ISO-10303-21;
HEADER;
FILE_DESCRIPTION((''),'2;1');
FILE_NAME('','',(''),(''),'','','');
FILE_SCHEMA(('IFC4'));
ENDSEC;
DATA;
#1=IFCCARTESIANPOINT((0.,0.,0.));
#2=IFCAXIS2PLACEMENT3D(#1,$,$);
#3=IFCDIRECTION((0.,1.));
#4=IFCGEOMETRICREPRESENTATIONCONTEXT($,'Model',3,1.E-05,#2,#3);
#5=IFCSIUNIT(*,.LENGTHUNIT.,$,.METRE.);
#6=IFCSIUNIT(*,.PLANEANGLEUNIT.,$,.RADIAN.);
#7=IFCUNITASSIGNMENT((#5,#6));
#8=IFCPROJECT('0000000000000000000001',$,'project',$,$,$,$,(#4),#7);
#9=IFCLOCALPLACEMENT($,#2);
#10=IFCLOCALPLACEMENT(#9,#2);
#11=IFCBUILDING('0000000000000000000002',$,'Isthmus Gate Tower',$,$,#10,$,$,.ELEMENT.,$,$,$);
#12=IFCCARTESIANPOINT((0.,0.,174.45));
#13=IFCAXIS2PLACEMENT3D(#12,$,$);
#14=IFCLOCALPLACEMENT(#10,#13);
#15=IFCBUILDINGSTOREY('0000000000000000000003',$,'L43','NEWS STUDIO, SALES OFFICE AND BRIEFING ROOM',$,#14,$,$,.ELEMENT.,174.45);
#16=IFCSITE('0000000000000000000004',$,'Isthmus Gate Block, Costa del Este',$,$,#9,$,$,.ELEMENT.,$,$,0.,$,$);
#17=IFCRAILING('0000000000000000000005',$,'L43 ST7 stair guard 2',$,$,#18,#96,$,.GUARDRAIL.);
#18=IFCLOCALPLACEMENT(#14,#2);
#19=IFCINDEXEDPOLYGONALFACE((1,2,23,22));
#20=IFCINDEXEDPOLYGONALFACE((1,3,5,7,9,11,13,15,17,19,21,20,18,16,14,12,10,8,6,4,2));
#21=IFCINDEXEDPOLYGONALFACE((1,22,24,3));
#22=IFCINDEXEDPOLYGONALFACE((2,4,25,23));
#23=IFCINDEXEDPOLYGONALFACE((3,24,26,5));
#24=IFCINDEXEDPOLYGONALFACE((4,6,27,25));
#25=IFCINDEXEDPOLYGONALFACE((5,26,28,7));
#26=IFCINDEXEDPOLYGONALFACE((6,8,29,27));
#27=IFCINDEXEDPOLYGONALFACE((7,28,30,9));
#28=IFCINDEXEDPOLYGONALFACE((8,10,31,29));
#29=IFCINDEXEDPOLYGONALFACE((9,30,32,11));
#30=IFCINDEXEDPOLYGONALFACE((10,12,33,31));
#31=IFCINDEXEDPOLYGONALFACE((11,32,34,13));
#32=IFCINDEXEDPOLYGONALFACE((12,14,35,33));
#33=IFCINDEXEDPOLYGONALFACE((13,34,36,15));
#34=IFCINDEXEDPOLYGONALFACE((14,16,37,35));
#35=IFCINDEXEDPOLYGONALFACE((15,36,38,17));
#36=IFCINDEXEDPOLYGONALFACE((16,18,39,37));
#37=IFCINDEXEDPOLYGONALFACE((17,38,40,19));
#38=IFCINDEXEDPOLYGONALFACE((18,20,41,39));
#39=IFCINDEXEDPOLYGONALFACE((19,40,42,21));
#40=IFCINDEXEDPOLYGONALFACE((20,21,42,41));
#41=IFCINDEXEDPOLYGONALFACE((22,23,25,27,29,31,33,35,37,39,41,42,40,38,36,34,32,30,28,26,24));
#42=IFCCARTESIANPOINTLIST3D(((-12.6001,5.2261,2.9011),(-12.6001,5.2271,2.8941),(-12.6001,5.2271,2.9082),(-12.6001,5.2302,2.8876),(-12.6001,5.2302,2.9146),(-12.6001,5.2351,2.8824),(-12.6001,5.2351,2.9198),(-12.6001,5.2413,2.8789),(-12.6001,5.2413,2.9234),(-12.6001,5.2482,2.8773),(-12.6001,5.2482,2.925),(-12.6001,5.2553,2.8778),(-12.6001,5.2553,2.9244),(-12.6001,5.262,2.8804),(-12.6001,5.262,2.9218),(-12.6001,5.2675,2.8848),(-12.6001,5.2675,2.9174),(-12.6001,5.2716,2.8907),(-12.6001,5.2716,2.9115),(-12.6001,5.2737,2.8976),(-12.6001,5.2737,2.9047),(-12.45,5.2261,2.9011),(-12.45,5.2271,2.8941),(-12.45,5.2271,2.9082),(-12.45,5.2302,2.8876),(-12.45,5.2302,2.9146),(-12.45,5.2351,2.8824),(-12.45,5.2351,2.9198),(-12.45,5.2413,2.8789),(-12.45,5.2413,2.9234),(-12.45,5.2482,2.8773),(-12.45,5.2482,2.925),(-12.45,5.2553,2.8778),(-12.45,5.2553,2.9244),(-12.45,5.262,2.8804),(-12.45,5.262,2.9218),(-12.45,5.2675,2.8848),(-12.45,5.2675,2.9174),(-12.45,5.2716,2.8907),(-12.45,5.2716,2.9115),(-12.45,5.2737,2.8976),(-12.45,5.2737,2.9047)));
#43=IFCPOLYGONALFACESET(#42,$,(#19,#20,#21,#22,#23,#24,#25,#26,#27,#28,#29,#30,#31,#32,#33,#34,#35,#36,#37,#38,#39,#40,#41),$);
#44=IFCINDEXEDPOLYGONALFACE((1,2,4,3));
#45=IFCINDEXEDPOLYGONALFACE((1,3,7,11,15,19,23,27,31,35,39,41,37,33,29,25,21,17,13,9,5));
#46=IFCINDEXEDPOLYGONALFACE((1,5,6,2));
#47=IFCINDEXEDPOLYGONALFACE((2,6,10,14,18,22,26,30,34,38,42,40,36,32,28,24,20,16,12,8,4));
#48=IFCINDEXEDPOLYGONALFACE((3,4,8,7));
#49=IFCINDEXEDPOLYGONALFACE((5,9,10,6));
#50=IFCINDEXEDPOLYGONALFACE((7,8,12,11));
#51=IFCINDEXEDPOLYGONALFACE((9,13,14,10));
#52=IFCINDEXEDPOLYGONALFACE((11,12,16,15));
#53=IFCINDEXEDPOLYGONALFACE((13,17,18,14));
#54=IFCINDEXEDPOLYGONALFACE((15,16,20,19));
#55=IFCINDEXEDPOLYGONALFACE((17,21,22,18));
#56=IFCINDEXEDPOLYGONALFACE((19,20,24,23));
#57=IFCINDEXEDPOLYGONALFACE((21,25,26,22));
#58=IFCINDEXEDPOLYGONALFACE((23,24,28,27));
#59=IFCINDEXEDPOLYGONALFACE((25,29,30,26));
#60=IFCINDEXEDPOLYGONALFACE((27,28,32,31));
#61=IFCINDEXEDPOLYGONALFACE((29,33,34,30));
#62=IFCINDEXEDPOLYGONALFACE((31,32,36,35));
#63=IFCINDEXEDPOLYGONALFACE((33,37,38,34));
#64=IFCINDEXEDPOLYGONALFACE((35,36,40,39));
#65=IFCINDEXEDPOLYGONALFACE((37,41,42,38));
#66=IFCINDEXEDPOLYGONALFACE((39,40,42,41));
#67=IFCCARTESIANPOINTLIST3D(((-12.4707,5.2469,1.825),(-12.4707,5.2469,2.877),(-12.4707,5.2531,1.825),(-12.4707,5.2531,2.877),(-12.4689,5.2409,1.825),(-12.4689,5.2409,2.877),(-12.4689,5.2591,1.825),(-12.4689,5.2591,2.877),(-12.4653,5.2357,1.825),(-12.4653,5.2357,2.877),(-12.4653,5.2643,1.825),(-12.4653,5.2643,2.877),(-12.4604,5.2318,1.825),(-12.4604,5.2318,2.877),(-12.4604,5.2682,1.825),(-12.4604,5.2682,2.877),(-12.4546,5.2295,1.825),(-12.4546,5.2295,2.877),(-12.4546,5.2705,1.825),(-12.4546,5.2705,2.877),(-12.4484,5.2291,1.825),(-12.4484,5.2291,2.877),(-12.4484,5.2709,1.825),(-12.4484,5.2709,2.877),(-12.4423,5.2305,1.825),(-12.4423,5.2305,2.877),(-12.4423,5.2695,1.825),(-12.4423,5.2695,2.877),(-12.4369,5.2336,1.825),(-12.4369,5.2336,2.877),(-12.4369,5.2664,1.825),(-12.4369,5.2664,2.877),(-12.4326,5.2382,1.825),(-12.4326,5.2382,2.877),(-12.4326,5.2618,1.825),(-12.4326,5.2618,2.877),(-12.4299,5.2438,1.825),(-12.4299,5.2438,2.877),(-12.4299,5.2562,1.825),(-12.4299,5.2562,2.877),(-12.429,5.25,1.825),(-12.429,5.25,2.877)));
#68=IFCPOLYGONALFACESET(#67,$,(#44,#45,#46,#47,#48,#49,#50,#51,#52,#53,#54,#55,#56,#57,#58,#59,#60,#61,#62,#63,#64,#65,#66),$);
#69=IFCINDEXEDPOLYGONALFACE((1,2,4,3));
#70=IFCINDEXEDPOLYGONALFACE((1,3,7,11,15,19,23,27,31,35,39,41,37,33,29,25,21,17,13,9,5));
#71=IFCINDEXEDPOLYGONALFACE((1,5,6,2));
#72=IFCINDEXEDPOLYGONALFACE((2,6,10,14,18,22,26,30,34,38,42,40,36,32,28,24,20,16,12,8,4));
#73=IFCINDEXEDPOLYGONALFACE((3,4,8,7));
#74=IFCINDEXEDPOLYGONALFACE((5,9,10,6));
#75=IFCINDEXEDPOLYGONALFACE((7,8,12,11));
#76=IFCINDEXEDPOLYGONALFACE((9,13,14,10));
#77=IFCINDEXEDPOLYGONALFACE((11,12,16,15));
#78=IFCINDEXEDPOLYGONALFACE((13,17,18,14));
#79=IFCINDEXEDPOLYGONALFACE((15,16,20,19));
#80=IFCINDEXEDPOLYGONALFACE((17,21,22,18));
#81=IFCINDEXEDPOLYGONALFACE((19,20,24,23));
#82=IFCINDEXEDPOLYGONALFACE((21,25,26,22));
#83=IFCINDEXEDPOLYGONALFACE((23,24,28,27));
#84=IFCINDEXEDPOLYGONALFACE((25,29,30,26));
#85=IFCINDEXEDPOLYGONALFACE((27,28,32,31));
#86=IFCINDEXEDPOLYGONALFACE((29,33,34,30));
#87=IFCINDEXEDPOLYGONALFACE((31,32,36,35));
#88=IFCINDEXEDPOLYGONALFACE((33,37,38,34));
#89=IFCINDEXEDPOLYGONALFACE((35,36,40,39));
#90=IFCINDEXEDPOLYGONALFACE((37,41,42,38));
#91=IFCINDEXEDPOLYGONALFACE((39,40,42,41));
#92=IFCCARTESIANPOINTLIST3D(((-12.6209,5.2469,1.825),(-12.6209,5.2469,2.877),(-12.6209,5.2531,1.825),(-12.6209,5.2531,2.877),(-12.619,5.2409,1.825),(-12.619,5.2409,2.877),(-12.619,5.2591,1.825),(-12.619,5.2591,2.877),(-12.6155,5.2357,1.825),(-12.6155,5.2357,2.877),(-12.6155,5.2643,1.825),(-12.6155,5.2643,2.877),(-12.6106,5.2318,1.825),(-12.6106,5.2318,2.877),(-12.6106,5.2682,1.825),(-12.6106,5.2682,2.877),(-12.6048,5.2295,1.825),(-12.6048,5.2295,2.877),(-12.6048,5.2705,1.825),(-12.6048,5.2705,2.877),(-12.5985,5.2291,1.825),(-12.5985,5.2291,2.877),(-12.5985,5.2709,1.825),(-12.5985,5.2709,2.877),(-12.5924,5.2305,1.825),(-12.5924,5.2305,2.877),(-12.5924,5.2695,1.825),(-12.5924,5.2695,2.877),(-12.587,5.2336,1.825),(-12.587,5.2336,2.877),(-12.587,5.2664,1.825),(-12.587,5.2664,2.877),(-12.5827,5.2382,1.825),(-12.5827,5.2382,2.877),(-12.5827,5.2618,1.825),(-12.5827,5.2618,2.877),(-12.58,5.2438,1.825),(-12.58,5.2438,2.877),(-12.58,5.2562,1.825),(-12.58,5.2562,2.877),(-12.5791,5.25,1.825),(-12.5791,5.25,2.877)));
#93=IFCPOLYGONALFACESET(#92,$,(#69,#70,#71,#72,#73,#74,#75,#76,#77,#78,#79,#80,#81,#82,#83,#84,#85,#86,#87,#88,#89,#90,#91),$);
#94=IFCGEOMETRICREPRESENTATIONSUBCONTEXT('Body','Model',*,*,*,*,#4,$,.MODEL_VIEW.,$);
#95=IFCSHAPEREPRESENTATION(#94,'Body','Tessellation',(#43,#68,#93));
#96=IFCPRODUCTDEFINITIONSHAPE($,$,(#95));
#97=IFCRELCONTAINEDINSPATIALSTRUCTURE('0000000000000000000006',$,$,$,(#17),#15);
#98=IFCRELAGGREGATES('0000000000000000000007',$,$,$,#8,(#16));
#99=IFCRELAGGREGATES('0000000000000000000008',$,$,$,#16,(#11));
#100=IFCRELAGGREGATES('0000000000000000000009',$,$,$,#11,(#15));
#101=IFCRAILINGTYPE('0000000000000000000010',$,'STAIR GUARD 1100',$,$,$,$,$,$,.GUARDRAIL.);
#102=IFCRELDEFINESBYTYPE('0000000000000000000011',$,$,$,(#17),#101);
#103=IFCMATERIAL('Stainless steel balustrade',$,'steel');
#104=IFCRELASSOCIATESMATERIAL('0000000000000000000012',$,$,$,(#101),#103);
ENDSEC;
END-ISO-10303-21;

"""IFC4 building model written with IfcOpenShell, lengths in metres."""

from ifc_helpers import new_model, si_unit, direction, frame, origin, origin_2d, place, context, subcontext, project, spatial, circle, extrude, material, type_object, element, save


model = new_model("IFC4")

# Units and contexts
model_context = context("Model", 3, precision=1e-05, world=origin(), true_north=direction((0.0, 1.0)))
body_context = subcontext(model_context, "Body", "Model", "MODEL_VIEW")
ifc_project = project(units=[si_unit("LENGTHUNIT", "METRE"), si_unit("PLANEANGLEUNIT", "RADIAN")], contexts=[model_context])

# Site, building, storey
site_placement = place(None, origin())
site = spatial("IfcSite", under=ifc_project, at=site_placement, Name="Isthmus Gate Block, Costa del Este", CompositionType="ELEMENT", RefElevation=0.0)
building_placement = place(site_placement, origin())
building = spatial("IfcBuilding", under=site, at=building_placement, Name="Isthmus Gate Tower", CompositionType="ELEMENT")
storey_placement = place(building_placement, frame((0.0, 0.0, 174.45)))
storey = spatial("IfcBuildingStorey", under=building, at=storey_placement, Name="L43", Description="NEWS STUDIO, SALES OFFICE AND BRIEFING ROOM", CompositionType="ELEMENT", Elevation=174.45)

# Railing
ifc_material_1 = material(Name="Stainless steel balustrade", Category="steel")
railing_type_1 = type_object("IfcRailingType", Name="STAIR GUARD 1100", PredefinedType="GUARDRAIL", material=ifc_material_1)
railing_1_placement = place(storey_placement, frame((-12.45, 5.25, 1.825)))
element("IfcRailing", 1, at=railing_1_placement, inside=storey, type_object=railing_type_1, Name="L43 ST7 stair guard 2", PredefinedType="GUARDRAIL", context=body_context, shape_type="SweptSolid", body=[
    extrude(circle(Radius=0.0239, at=origin_2d()), frame((0.0, 0.0, 1.0762), z_axis=(-1.0, 0.0, 0.0), x_axis=(0.0, -1.0, 0.0)), (0.0, 0.0, 1.0), 0.1501),
    extrude(circle(Radius=0.021, at=origin_2d()), origin(), (0.0, 0.0, 1.0), 1.052),
    extrude(circle(Radius=0.021, at=origin_2d()), frame((-0.1501, 0.0, 0.0)), (0.0, 0.0, 1.0), 1.052),
])

save(model, "model.ifc")
